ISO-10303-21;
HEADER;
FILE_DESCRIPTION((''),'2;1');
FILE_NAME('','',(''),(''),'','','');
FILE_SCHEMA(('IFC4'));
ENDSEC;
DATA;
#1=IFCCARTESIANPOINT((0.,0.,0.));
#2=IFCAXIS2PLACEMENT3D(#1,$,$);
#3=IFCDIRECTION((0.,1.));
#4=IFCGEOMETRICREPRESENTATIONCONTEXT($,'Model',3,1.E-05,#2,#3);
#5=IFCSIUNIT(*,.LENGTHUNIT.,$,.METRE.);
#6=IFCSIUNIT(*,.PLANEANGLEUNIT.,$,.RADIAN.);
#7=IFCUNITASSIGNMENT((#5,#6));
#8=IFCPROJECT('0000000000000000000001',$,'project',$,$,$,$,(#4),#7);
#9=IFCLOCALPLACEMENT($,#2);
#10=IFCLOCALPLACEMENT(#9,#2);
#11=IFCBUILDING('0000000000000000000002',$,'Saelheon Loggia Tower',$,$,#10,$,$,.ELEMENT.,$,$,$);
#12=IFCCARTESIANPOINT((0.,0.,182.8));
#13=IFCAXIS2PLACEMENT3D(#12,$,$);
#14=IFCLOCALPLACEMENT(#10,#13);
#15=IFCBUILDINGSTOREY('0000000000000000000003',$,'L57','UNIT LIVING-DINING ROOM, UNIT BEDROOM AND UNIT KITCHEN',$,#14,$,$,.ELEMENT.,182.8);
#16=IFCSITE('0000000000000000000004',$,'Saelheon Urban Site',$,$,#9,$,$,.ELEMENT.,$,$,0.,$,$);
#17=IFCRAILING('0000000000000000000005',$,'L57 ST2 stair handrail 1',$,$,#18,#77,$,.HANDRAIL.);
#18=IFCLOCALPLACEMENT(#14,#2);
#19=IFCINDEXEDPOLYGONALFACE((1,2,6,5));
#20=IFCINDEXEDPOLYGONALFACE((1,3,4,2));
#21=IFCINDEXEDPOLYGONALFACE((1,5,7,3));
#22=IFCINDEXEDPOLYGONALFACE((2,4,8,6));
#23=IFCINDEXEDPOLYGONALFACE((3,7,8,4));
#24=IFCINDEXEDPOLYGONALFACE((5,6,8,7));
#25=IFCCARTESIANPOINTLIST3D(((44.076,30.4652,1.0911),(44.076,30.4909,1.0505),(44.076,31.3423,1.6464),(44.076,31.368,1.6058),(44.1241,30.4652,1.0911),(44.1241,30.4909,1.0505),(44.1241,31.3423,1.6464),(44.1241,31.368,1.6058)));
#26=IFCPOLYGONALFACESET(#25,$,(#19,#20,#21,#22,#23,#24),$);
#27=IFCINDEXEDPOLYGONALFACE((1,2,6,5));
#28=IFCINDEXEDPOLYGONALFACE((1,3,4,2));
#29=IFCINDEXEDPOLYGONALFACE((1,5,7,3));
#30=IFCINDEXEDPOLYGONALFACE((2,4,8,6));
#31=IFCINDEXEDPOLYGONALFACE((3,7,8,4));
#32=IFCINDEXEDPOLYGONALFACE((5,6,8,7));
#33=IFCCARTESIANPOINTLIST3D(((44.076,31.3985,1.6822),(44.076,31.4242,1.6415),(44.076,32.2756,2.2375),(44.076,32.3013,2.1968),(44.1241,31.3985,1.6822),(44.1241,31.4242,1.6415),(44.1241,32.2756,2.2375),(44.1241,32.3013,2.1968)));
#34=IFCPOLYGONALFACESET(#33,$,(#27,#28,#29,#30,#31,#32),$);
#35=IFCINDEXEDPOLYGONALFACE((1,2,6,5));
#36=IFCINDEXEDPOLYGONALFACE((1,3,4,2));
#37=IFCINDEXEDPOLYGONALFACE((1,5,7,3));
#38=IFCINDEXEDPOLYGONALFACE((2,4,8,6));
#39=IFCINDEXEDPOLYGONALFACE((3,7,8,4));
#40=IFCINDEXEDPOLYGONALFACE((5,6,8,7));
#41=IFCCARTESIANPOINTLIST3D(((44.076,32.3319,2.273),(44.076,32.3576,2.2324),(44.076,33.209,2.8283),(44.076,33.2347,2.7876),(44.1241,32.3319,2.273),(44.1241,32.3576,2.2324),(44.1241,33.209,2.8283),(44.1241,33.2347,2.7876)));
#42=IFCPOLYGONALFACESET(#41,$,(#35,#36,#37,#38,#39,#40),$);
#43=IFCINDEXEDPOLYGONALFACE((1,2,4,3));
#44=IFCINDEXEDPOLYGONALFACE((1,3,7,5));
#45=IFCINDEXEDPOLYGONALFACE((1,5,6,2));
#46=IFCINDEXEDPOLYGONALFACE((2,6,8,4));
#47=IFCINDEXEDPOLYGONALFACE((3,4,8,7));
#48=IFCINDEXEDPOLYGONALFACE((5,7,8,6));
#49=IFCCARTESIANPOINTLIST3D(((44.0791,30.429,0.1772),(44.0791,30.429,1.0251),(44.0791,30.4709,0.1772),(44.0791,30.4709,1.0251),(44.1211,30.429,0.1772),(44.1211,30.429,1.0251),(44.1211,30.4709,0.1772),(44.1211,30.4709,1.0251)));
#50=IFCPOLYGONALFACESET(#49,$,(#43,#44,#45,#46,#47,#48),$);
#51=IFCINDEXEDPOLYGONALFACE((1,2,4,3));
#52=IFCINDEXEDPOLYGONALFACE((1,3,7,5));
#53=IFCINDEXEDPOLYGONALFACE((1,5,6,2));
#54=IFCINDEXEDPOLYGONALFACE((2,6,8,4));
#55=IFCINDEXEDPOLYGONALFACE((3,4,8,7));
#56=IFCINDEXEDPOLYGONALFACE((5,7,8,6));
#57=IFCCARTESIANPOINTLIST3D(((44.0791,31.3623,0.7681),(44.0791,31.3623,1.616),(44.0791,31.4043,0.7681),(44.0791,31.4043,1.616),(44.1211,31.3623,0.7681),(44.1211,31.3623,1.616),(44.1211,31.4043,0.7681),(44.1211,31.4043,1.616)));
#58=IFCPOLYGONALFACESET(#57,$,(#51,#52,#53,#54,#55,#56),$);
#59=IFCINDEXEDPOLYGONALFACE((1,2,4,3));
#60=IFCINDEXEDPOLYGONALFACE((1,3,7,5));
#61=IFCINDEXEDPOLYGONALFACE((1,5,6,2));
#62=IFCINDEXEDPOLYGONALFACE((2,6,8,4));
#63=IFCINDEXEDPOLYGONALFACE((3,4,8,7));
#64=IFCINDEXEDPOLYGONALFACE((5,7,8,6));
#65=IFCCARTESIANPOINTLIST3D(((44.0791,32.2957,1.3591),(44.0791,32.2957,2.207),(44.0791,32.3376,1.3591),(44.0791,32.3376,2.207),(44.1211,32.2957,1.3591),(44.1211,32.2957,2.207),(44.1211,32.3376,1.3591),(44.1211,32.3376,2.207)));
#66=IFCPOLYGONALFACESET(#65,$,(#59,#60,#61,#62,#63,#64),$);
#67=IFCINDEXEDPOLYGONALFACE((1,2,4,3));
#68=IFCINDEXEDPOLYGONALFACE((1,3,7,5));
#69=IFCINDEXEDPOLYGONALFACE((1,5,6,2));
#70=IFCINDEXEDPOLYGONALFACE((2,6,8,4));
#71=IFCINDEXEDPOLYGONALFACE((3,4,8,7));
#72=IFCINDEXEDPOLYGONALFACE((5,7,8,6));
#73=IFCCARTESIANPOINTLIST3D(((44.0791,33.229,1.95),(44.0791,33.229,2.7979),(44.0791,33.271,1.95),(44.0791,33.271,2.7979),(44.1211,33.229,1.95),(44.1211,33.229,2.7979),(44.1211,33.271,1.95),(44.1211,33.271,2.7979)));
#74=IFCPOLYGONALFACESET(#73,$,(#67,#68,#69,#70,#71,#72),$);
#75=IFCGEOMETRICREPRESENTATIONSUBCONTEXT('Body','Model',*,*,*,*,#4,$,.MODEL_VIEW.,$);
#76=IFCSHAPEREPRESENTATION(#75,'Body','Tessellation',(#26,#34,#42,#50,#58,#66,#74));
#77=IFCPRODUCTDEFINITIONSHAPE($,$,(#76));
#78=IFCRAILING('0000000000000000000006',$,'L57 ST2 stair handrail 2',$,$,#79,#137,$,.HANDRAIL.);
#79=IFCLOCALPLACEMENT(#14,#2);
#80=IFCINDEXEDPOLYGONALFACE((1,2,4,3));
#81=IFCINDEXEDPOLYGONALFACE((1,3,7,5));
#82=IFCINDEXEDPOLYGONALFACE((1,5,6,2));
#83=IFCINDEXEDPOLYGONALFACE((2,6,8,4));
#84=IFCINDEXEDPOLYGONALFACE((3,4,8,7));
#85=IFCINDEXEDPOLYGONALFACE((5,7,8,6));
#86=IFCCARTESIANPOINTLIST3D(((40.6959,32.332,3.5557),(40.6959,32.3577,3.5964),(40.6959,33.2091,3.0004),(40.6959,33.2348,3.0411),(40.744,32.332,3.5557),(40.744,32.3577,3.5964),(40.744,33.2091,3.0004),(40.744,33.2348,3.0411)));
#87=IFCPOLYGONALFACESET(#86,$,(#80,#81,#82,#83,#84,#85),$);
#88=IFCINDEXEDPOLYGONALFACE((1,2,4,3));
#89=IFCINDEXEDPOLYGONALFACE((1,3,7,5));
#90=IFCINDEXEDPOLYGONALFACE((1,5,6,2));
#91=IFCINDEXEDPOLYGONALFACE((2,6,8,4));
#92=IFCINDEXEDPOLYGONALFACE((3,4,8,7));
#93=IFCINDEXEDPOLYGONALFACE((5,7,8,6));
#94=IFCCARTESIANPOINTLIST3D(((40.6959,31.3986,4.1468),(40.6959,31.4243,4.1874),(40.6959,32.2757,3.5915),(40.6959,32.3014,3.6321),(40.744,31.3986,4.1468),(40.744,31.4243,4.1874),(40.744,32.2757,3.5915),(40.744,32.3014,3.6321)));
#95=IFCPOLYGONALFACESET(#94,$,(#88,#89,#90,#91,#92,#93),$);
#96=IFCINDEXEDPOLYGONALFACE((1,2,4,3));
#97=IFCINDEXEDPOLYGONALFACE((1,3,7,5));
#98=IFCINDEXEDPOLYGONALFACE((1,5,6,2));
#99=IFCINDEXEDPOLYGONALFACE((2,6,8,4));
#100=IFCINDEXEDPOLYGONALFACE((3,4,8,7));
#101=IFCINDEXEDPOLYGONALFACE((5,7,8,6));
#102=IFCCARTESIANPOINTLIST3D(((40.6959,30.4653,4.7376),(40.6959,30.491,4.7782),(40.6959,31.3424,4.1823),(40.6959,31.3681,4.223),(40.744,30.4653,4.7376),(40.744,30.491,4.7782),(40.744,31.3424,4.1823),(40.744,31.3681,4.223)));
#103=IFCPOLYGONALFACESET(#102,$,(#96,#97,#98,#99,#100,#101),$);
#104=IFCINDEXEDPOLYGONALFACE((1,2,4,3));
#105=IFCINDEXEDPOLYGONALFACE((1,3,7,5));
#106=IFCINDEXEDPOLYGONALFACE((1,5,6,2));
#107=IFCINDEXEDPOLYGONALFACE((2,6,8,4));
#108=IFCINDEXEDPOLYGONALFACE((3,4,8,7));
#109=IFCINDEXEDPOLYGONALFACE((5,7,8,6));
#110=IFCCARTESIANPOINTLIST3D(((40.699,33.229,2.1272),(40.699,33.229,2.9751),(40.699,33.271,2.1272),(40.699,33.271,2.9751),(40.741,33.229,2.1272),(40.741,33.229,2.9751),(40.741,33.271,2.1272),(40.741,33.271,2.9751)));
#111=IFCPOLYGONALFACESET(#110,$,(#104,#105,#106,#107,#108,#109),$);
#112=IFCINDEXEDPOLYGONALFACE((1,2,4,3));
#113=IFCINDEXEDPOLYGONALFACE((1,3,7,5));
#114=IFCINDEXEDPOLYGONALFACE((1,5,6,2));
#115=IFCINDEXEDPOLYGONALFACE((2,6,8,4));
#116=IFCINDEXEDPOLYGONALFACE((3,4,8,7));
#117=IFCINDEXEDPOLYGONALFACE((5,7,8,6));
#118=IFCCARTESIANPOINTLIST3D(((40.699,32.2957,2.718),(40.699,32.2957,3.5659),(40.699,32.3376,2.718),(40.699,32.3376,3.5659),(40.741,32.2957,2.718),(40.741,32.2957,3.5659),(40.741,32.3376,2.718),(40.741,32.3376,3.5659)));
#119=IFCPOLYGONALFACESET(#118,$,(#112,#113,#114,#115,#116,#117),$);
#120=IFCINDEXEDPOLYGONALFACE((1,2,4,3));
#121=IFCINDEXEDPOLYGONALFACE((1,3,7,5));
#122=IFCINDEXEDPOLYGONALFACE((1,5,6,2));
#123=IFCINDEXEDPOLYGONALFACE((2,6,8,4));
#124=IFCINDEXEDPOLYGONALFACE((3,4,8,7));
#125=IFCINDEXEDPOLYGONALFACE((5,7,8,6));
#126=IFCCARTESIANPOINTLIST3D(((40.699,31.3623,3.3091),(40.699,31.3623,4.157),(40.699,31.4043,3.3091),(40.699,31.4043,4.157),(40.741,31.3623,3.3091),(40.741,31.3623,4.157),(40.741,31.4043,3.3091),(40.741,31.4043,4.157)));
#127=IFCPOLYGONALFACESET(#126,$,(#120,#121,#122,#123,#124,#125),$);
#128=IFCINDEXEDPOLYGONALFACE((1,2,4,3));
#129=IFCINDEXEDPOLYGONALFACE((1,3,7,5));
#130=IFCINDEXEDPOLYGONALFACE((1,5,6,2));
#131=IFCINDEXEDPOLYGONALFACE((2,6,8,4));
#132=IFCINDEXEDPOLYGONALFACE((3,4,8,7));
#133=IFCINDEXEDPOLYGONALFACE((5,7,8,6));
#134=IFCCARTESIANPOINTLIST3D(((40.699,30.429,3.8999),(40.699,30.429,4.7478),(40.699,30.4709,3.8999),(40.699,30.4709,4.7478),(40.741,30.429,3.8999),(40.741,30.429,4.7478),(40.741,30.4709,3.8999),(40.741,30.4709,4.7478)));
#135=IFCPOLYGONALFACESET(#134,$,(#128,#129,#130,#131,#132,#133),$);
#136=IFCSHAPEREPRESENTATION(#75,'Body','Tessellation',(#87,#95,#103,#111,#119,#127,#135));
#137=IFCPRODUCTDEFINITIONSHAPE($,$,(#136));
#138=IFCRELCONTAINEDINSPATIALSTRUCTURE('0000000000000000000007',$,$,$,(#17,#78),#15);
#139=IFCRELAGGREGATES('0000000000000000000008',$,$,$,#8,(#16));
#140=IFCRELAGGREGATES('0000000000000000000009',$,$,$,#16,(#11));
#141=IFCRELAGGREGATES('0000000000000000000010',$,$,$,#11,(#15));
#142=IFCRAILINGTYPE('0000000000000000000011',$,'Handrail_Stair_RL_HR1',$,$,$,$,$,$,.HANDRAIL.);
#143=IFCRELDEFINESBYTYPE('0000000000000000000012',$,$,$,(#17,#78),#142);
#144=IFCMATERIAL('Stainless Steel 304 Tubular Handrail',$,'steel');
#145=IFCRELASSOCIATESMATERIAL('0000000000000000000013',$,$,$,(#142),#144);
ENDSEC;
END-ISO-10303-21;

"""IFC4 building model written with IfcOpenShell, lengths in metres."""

from ifc_helpers import new_model, si_unit, direction, frame, origin, origin_2d, place, context, subcontext, project, spatial, rectangle, extrude, material, type_object, element, save


model = new_model("IFC4")

# Units and contexts
model_context = context("Model", 3, precision=1e-05, world=origin(), true_north=direction((0.0, 1.0)))
body_context = subcontext(model_context, "Body", "Model", "MODEL_VIEW")
ifc_project = project(units=[si_unit("LENGTHUNIT", "METRE"), si_unit("PLANEANGLEUNIT", "RADIAN")], contexts=[model_context])

# Site, building, storey
site_placement = place(None, origin())
site = spatial("IfcSite", under=ifc_project, at=site_placement, Name="Saelheon Urban Site", CompositionType="ELEMENT", RefElevation=0.0)
building_placement = place(site_placement, origin())
building = spatial("IfcBuilding", under=site, at=building_placement, Name="Saelheon Loggia Tower", CompositionType="ELEMENT")
storey_placement = place(building_placement, frame((0.0, 0.0, 182.8)))
storey = spatial("IfcBuildingStorey", under=building, at=storey_placement, Name="L57", Description="UNIT LIVING-DINING ROOM, UNIT BEDROOM AND UNIT KITCHEN", CompositionType="ELEMENT", Elevation=182.8)

# Railings
ifc_material_1 = material(Name="Stainless Steel 304 Tubular Handrail", Category="steel")
railing_type_1 = type_object("IfcRailingType", Name="Handrail_Stair_RL_HR1", PredefinedType="HANDRAIL", material=ifc_material_1)
railing_1_placement = place(storey_placement, frame((44.1001, 30.45, 0.1772)))
element("IfcRailing", 1, at=railing_1_placement, inside=storey, type_object=railing_type_1, Name="L57 ST2 stair handrail 1", PredefinedType="HANDRAIL", context=body_context, shape_type="SweptSolid", body=[
    extrude(rectangle(XDim=0.0481, YDim=0.0481, at=origin_2d()), frame((0.0, 0.0281, 0.8936), z_axis=(0.0, 0.844909, 0.53491), x_axis=(-1.0, 0.0, 0.0)), (0.0, 0.0, 1.0), 1.0381),
    extrude(rectangle(XDim=0.0481, YDim=0.0481, at=origin_2d()), frame((0.0, 0.9614, 1.4846), z_axis=(0.0, 0.844909, 0.53491), x_axis=(-1.0, 0.0, 0.0)), (0.0, 0.0, 1.0), 1.0381),
    extrude(rectangle(XDim=0.0481, YDim=0.0481, at=origin_2d()), frame((0.0, 1.8948, 2.0754), z_axis=(0.0, 0.844909, 0.53491), x_axis=(-1.0, 0.0, 0.0)), (0.0, 0.0, 1.0), 1.0381),
    extrude(rectangle(XDim=0.042, YDim=0.042, at=origin_2d()), origin(), (0.0, 0.0, 1.0), 0.8479),
    extrude(rectangle(XDim=0.042, YDim=0.042, at=origin_2d()), frame((0.0, 0.9333, 0.5908)), (0.0, 0.0, 1.0), 0.8479),
    extrude(rectangle(XDim=0.042, YDim=0.042, at=origin_2d()), frame((0.0, 1.8667, 1.1819)), (0.0, 0.0, 1.0), 0.8479),
    extrude(rectangle(XDim=0.042, YDim=0.042, at=origin_2d()), frame((0.0, 2.8, 1.7727)), (0.0, 0.0, 1.0), 0.8479),
])
railing_2_placement = place(storey_placement, frame((40.72, 33.25, 2.1272)))
element("IfcRailing", 2, at=railing_2_placement, inside=storey, type_object=railing_type_1, Name="L57 ST2 stair handrail 2", PredefinedType="HANDRAIL", context=body_context, shape_type="SweptSolid", body=[
    extrude(rectangle(XDim=0.0481, YDim=0.0481, at=origin_2d()), frame((0.0, -0.0281, 0.8936), z_axis=(0.0, -0.844909, 0.53491), x_axis=(1.0, 0.0, 0.0)), (0.0, 0.0, 1.0), 1.0381),
    extrude(rectangle(XDim=0.0481, YDim=0.0481, at=origin_2d()), frame((0.0, -0.9614, 1.4846), z_axis=(0.0, -0.844909, 0.53491), x_axis=(1.0, 0.0, 0.0)), (0.0, 0.0, 1.0), 1.0381),
    extrude(rectangle(XDim=0.0481, YDim=0.0481, at=origin_2d()), frame((0.0, -1.8948, 2.0754), z_axis=(0.0, -0.844909, 0.53491), x_axis=(1.0, 0.0, 0.0)), (0.0, 0.0, 1.0), 1.0381),
    extrude(rectangle(XDim=0.042, YDim=0.042, at=origin_2d()), origin(), (0.0, 0.0, 1.0), 0.8479),
    extrude(rectangle(XDim=0.042, YDim=0.042, at=origin_2d()), frame((0.0, -0.9333, 0.5908)), (0.0, 0.0, 1.0), 0.8479),
    extrude(rectangle(XDim=0.042, YDim=0.042, at=origin_2d()), frame((0.0, -1.8667, 1.1819)), (0.0, 0.0, 1.0), 0.8479),
    extrude(rectangle(XDim=0.042, YDim=0.042, at=origin_2d()), frame((0.0, -2.8, 1.7727)), (0.0, 0.0, 1.0), 0.8479),
])

save(model, "model.ifc")
